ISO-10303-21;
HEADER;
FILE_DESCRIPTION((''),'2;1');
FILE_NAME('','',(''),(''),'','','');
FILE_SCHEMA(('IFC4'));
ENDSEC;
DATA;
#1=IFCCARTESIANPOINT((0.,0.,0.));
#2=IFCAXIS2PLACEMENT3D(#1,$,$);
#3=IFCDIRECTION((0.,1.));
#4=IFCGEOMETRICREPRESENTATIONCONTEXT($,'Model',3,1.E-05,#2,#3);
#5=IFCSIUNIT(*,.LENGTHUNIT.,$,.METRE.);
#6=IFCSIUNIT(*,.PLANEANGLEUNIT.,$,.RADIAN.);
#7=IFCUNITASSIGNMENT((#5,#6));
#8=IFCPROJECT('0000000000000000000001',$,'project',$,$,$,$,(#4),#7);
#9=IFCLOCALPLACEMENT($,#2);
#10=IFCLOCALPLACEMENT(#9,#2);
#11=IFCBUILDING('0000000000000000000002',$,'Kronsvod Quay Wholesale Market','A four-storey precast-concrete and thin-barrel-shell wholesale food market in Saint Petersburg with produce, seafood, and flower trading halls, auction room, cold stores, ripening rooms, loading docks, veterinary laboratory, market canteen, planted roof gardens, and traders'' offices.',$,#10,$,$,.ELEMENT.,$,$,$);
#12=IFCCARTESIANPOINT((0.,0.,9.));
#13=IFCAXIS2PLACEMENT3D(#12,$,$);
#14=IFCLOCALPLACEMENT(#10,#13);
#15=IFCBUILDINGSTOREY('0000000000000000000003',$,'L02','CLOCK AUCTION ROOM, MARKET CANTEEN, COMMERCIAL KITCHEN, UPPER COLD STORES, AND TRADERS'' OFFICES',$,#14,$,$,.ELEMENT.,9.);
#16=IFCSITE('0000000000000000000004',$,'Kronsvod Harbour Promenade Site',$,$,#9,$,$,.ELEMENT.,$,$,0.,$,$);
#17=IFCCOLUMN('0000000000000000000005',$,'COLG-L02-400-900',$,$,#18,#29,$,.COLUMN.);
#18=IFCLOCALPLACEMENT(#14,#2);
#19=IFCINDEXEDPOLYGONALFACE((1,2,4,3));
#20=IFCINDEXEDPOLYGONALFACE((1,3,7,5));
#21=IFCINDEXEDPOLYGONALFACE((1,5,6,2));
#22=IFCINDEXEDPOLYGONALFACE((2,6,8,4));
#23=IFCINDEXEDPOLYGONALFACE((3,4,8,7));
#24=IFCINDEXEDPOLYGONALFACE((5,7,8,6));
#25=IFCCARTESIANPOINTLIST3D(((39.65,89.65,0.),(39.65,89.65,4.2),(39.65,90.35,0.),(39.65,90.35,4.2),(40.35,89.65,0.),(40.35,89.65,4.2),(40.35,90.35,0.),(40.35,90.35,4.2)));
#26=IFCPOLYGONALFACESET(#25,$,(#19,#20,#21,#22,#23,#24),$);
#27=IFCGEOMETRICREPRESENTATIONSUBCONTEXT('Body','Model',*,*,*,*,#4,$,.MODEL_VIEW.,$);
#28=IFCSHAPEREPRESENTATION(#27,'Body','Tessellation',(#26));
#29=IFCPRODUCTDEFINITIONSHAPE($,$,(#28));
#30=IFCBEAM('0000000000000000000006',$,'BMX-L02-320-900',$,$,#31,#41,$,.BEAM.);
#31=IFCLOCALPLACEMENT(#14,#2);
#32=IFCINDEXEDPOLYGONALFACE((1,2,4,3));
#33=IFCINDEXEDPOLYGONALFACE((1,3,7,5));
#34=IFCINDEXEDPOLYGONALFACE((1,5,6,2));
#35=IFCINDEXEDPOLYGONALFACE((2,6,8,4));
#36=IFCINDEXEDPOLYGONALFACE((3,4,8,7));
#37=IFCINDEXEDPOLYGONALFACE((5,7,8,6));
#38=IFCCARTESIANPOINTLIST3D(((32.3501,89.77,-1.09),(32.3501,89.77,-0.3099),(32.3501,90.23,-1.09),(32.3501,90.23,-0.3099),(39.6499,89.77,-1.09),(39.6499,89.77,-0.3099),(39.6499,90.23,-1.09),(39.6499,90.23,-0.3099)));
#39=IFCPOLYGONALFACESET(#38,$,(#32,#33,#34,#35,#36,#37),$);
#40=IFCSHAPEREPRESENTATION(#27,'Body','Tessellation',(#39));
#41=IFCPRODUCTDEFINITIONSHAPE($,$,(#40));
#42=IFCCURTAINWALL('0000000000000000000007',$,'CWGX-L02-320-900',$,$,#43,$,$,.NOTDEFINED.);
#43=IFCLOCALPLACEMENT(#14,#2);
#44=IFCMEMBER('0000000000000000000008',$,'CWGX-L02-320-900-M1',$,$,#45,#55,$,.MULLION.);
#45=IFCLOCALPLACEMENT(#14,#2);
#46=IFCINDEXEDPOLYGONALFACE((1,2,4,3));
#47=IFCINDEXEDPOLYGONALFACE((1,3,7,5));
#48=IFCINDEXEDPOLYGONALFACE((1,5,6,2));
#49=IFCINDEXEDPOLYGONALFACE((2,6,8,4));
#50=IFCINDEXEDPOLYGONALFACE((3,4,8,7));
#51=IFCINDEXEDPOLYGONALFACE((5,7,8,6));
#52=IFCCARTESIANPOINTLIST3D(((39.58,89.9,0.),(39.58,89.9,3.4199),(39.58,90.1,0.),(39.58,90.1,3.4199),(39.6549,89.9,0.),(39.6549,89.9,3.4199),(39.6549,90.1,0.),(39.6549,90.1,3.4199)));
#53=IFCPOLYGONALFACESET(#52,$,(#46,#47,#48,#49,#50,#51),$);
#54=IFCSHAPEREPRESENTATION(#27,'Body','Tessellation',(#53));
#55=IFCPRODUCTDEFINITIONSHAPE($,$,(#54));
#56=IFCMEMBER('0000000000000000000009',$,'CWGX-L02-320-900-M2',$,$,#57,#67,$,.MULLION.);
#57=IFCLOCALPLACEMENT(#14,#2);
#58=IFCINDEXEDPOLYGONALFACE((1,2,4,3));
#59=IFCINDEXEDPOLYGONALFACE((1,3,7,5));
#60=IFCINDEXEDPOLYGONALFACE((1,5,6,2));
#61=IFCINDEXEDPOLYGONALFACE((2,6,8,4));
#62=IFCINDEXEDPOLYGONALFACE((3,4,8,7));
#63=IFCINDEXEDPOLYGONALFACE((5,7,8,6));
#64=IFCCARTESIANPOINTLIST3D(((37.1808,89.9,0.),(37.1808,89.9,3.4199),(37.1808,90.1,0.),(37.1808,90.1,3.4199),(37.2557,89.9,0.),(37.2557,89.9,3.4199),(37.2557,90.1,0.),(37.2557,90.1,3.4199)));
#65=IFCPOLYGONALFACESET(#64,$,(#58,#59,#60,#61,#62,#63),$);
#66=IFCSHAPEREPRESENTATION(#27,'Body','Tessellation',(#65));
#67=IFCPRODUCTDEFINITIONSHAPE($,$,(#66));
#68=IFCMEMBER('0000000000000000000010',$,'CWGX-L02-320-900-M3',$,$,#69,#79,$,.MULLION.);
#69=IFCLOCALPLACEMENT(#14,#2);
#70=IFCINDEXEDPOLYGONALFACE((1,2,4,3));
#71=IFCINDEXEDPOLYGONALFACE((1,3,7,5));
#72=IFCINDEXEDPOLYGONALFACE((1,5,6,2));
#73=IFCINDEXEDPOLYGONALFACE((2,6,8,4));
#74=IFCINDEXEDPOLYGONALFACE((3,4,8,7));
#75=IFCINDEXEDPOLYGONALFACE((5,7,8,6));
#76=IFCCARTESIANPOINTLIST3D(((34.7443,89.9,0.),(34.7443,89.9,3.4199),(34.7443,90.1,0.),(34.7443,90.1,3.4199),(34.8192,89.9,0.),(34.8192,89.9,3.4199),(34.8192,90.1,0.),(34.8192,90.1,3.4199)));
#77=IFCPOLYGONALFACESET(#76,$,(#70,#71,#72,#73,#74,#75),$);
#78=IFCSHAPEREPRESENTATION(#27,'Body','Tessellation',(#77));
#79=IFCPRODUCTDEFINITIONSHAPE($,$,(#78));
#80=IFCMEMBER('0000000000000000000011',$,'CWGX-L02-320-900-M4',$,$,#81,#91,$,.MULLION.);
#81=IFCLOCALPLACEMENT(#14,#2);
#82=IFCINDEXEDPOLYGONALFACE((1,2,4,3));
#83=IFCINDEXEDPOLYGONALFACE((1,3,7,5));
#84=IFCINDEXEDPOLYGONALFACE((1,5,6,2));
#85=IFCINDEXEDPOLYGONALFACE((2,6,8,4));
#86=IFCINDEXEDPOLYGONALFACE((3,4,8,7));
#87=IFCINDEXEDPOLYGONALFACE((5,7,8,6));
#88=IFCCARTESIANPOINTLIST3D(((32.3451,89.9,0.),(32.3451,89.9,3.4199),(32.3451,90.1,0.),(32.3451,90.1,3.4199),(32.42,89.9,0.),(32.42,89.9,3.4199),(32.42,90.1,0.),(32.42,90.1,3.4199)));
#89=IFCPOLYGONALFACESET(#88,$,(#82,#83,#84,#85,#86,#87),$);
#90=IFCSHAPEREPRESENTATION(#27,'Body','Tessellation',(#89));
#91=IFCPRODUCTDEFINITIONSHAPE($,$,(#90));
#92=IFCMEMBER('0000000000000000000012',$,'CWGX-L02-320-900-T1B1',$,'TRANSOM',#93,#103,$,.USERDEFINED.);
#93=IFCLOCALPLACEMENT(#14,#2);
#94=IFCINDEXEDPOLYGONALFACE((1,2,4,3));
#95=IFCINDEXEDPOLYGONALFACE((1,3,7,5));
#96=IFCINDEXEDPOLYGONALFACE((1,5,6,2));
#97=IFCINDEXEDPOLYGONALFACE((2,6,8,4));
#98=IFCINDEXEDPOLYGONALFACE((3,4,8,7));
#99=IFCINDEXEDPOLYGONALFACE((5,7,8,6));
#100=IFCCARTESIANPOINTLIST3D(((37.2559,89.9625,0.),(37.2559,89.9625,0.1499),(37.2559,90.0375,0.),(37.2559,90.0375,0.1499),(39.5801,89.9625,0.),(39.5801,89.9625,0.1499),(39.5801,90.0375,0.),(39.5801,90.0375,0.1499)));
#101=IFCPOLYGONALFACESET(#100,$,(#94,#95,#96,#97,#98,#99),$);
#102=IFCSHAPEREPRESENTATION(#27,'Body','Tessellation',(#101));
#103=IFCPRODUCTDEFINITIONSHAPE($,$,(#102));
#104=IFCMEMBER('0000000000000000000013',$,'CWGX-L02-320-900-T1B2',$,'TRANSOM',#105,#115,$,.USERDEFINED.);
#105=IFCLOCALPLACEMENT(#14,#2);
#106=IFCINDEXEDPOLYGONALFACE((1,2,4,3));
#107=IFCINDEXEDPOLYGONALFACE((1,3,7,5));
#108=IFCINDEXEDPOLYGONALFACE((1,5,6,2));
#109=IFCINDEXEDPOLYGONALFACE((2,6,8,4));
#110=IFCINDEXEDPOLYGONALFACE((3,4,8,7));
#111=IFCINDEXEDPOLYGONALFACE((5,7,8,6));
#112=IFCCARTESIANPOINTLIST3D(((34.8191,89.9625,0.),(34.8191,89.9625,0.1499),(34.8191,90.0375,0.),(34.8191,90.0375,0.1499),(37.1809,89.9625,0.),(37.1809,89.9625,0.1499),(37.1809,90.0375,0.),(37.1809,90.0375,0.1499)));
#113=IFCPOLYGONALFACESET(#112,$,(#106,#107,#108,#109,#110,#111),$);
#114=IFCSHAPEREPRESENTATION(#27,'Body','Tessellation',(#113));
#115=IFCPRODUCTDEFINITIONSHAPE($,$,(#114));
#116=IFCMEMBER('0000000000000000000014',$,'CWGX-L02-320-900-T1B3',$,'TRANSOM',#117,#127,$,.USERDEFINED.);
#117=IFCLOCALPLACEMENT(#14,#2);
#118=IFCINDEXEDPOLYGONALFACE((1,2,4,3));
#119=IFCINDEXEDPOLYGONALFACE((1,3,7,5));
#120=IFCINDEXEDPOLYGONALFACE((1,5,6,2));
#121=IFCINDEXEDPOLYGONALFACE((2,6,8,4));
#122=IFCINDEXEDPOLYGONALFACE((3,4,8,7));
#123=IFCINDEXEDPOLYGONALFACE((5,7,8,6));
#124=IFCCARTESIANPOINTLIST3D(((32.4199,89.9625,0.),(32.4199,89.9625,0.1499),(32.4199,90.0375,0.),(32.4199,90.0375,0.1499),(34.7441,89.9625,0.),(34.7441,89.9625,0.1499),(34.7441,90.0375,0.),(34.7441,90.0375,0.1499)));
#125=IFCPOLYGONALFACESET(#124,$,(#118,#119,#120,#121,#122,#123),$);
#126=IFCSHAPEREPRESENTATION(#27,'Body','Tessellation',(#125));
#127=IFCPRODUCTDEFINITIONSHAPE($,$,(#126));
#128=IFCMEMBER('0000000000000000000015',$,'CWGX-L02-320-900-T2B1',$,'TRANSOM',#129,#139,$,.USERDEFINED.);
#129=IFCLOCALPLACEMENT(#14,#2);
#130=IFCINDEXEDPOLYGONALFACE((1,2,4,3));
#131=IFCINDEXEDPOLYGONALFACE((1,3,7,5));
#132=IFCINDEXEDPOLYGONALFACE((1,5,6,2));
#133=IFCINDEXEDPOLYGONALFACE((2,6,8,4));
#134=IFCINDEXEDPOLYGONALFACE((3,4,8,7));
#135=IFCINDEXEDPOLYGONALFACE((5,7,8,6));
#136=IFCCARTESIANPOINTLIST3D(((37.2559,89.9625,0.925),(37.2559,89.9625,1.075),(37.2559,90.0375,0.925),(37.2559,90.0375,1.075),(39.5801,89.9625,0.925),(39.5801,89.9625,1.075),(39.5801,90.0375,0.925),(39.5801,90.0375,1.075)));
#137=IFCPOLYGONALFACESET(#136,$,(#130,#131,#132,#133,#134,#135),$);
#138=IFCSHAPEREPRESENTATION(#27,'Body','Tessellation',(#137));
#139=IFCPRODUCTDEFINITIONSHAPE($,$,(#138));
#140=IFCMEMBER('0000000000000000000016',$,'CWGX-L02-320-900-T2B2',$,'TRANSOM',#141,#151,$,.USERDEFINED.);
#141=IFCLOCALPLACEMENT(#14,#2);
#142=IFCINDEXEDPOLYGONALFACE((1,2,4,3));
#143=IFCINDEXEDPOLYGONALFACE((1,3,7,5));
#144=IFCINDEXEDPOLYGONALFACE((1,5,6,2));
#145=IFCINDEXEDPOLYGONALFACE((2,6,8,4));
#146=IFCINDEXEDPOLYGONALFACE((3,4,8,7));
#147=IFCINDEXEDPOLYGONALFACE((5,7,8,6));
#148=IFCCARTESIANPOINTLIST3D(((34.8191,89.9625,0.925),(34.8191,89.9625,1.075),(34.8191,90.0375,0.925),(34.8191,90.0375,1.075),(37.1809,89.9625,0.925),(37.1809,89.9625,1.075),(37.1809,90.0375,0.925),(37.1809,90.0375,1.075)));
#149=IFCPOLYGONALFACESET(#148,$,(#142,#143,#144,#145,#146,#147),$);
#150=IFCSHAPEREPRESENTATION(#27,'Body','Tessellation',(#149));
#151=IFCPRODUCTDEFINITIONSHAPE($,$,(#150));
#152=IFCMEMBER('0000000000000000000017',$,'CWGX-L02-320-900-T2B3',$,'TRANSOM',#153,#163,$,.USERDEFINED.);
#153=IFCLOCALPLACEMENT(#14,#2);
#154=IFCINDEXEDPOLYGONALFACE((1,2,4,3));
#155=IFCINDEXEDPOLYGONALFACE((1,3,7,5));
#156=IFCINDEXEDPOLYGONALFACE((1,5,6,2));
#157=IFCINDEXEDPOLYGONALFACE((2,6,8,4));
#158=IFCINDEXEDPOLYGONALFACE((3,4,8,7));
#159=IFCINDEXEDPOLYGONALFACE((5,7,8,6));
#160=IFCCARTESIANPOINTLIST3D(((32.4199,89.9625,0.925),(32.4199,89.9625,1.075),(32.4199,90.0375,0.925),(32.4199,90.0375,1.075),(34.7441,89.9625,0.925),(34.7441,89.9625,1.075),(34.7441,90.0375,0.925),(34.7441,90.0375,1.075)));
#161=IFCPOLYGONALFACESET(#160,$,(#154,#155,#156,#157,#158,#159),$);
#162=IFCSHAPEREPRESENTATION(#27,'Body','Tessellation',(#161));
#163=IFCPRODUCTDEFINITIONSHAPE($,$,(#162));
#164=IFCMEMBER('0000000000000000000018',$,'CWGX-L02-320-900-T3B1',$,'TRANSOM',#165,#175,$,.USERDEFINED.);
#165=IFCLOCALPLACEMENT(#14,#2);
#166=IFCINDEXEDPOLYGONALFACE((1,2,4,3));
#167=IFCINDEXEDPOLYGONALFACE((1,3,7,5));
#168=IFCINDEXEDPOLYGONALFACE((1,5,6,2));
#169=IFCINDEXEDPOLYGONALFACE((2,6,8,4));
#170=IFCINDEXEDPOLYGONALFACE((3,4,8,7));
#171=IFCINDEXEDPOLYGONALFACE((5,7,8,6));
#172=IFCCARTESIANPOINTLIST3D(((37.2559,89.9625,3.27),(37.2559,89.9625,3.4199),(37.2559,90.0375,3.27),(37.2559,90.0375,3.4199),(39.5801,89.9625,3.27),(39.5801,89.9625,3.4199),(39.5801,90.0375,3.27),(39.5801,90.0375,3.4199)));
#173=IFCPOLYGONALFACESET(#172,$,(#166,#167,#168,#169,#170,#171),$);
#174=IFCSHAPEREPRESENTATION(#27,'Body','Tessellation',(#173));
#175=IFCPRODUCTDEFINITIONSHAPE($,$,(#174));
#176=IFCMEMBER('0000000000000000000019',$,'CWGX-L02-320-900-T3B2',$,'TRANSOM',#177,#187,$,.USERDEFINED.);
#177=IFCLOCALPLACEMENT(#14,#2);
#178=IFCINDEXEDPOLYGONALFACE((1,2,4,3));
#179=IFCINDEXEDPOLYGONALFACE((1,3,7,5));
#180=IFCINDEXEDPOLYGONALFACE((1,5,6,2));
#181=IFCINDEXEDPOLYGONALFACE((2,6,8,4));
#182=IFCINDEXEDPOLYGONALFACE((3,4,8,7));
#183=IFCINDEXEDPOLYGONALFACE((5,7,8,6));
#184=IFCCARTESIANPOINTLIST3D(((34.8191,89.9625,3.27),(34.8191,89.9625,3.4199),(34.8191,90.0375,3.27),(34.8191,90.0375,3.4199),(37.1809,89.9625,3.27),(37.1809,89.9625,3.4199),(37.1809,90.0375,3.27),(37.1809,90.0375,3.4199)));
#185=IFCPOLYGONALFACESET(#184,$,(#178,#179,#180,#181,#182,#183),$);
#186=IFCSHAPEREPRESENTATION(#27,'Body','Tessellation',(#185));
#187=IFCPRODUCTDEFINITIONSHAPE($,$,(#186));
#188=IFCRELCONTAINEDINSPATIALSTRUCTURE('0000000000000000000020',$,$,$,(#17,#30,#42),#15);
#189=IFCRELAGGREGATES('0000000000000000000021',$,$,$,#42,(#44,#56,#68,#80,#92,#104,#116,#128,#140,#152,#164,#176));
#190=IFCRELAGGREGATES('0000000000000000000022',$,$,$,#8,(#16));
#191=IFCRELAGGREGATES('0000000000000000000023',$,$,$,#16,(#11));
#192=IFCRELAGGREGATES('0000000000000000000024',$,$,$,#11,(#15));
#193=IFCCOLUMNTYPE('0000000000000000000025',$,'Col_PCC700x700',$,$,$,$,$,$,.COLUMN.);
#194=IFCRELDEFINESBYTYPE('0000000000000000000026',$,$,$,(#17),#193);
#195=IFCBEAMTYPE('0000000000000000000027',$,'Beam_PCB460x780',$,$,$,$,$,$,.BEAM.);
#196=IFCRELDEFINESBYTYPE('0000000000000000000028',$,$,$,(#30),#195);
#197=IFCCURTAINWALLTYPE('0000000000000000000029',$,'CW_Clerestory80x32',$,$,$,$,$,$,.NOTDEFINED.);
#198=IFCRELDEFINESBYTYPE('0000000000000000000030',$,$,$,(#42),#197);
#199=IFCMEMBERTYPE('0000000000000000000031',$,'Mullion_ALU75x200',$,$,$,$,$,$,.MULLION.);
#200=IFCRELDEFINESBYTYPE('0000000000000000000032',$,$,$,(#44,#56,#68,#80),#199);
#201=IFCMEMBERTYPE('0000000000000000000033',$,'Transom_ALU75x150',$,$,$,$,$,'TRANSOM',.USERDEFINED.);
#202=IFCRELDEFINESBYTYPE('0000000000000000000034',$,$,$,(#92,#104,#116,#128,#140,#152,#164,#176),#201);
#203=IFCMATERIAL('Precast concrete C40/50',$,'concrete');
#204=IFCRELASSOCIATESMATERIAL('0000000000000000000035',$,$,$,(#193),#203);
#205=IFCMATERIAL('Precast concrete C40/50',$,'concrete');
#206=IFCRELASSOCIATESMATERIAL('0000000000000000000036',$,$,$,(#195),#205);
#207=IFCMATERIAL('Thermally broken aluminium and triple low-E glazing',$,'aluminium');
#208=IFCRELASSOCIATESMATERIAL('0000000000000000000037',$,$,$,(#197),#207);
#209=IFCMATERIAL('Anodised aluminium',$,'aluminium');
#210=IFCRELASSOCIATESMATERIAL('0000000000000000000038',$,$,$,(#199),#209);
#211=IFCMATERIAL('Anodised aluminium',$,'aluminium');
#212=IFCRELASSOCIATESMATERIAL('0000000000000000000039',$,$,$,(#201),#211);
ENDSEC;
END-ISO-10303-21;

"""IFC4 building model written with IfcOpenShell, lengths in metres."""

from ifc_helpers import new_model, si_unit, direction, frame, origin, origin_2d, place, context, subcontext, project, spatial, rectangle, extrude, material, material_profile, profile_set, type_object, element, aggregate, save


model = new_model("IFC4")

# Units and contexts
model_context = context("Model", 3, precision=1e-05, world=origin(), true_north=direction((0.0, 1.0)))
body_context = subcontext(model_context, "Body", "Model", "MODEL_VIEW")
ifc_project = project(units=[si_unit("LENGTHUNIT", "METRE"), si_unit("PLANEANGLEUNIT", "RADIAN")], contexts=[model_context])

# Site, building, storey
site_placement = place(None, origin())
site = spatial("IfcSite", under=ifc_project, at=site_placement, Name="Kronsvod Harbour Promenade Site", CompositionType="ELEMENT", RefElevation=0.0)
building_placement = place(site_placement, origin())
building = spatial("IfcBuilding", under=site, at=building_placement, Name="Kronsvod Quay Wholesale Market", Description="A four-storey precast-concrete and thin-barrel-shell wholesale food market in Saint Petersburg with produce, seafood, and flower trading halls, auction room, cold stores, ripening rooms, loading docks, veterinary laboratory, market canteen, planted roof gardens, and traders' offices.", CompositionType="ELEMENT")
storey_placement = place(building_placement, frame((0.0, 0.0, 9.0)))
storey = spatial("IfcBuildingStorey", under=building, at=storey_placement, Name="L02", Description="CLOCK AUCTION ROOM, MARKET CANTEEN, COMMERCIAL KITCHEN, UPPER COLD STORES, AND TRADERS' OFFICES", CompositionType="ELEMENT", Elevation=9.0)

# Column
ifc_material_1 = material(Name="Precast concrete C40/50", Category="concrete")
ifc_material_profile_1 = material_profile(ifc_material_1, rectangle(XDim=0.7, YDim=0.7, at=origin_2d()), Name="PCC700x700")
ifc_profile_set_1 = profile_set([ifc_material_profile_1], Name="Precast concrete C40/50")
column_type = type_object("IfcColumnType", Name="Col_PCC700x700", PredefinedType="COLUMN", material=ifc_profile_set_1)
column_placement = place(storey_placement, frame((40.0, 90.0, 0.0), z_axis=(0.0, 0.0, 1.0), x_axis=(1.0, 0.0, 0.0)))
element("IfcColumn", 1, at=column_placement, inside=storey, type_object=column_type, Name="COLG-L02-400-900", PredefinedType="COLUMN", context=body_context, shape_type="SweptSolid", body=[
    extrude(rectangle(XDim=0.7, YDim=0.7, at=origin_2d()), origin(), (0.0, 0.0, 1.0), 4.2),
])

# Beam
ifc_material_2 = material(Name="Precast concrete C40/50", Category="concrete")
ifc_material_profile_2 = material_profile(ifc_material_2, rectangle(XDim=0.46, YDim=0.78, at=origin_2d()), Name="PB-03")
ifc_profile_set_2 = profile_set([ifc_material_profile_2], Name="Precast concrete C40/50")
beam_type = type_object("IfcBeamType", Name="Beam_PCB460x780", PredefinedType="BEAM", material=ifc_profile_set_2)
beam_placement = place(storey_placement, frame((32.3501, 90.0, -0.7), z_axis=(1.0, 0.0, 0.0), x_axis=(0.0, 1.0, 0.0)))
element("IfcBeam", 2, at=beam_placement, inside=storey, type_object=beam_type, Name="BMX-L02-320-900", PredefinedType="BEAM", context=body_context, shape_type="SweptSolid", body=[
    extrude(rectangle(XDim=0.46, YDim=0.78, at=origin_2d()), origin(), (0.0, 0.0, 1.0), 7.2998),
])

# Curtain wall, members
ifc_material_3 = material(Name="Thermally broken aluminium and triple low-E glazing", Category="aluminium")
curtain_wall_type = type_object("IfcCurtainWallType", Name="CW_Clerestory80x32", PredefinedType="NOTDEFINED", material=ifc_material_3)
curtain_wall_placement = place(storey_placement, origin())
curtain_wall = element("IfcCurtainWall", 3, at=curtain_wall_placement, inside=storey, type_object=curtain_wall_type, Name="CWGX-L02-320-900", PredefinedType="NOTDEFINED")
ifc_material_4 = material(Name="Anodised aluminium", Category="aluminium")
ifc_material_profile_3 = material_profile(ifc_material_4, rectangle(XDim=0.075, YDim=0.2, at=origin_2d()), Name="ALUM75x200")
ifc_profile_set_3 = profile_set([ifc_material_profile_3], Name="Anodised aluminium")
member_type_1 = type_object("IfcMemberType", Name="Mullion_ALU75x200", PredefinedType="MULLION", material=ifc_profile_set_3)
member_1_placement = place(storey_placement, frame((39.6174, 90.0, 0.0), z_axis=(0.0, 0.0, 1.0), x_axis=(1.0, 0.0, 0.0)))
member_1 = element("IfcMember", 4, at=member_1_placement, type_object=member_type_1, Name="CWGX-L02-320-900-M1", PredefinedType="MULLION", context=body_context, shape_type="SweptSolid", body=[
    extrude(rectangle(XDim=0.075, YDim=0.2, at=origin_2d()), origin(), (0.0, 0.0, 1.0), 3.4199),
])
member_2_placement = place(storey_placement, frame((37.2183, 90.0, 0.0), z_axis=(0.0, 0.0, 1.0), x_axis=(1.0, 0.0, 0.0)))
member_2 = element("IfcMember", 5, at=member_2_placement, type_object=member_type_1, Name="CWGX-L02-320-900-M2", PredefinedType="MULLION", context=body_context, shape_type="SweptSolid", body=[
    extrude(rectangle(XDim=0.075, YDim=0.2, at=origin_2d()), origin(), (0.0, 0.0, 1.0), 3.4199),
])
member_3_placement = place(storey_placement, frame((34.7817, 90.0, 0.0), z_axis=(0.0, 0.0, 1.0), x_axis=(1.0, 0.0, 0.0)))
member_3 = element("IfcMember", 6, at=member_3_placement, type_object=member_type_1, Name="CWGX-L02-320-900-M3", PredefinedType="MULLION", context=body_context, shape_type="SweptSolid", body=[
    extrude(rectangle(XDim=0.075, YDim=0.2, at=origin_2d()), origin(), (0.0, 0.0, 1.0), 3.4199),
])
member_4_placement = place(storey_placement, frame((32.3826, 90.0, 0.0), z_axis=(0.0, 0.0, 1.0), x_axis=(1.0, 0.0, 0.0)))
member_4 = element("IfcMember", 7, at=member_4_placement, type_object=member_type_1, Name="CWGX-L02-320-900-M4", PredefinedType="MULLION", context=body_context, shape_type="SweptSolid", body=[
    extrude(rectangle(XDim=0.075, YDim=0.2, at=origin_2d()), origin(), (0.0, 0.0, 1.0), 3.4199),
])
ifc_material_5 = material(Name="Anodised aluminium", Category="aluminium")
ifc_material_profile_4 = material_profile(ifc_material_5, rectangle(XDim=0.075, YDim=0.1499, at=origin_2d()), Name="ALUT75x150")
ifc_profile_set_4 = profile_set([ifc_material_profile_4], Name="Anodised aluminium")
member_type_2 = type_object("IfcMemberType", Name="Transom_ALU75x150", ElementType="TRANSOM", PredefinedType="USERDEFINED", material=ifc_profile_set_4)
member_5_placement = place(storey_placement, frame((39.5801, 90.0, 0.075), z_axis=(-1.0, 0.0, 0.0), x_axis=(0.0, -1.0, 0.0)))
member_5 = element("IfcMember", 8, at=member_5_placement, type_object=member_type_2, Name="CWGX-L02-320-900-T1B1", ObjectType="TRANSOM", PredefinedType="USERDEFINED", context=body_context, shape_type="SweptSolid", body=[
    extrude(rectangle(XDim=0.075, YDim=0.1499, at=origin_2d()), origin(), (0.0, 0.0, 1.0), 2.3242),
])
member_6_placement = place(storey_placement, frame((37.1809, 90.0, 0.075), z_axis=(-1.0, 0.0, 0.0), x_axis=(0.0, -1.0, 0.0)))
member_6 = element("IfcMember", 9, at=member_6_placement, type_object=member_type_2, Name="CWGX-L02-320-900-T1B2", ObjectType="TRANSOM", PredefinedType="USERDEFINED", context=body_context, shape_type="SweptSolid", body=[
    extrude(rectangle(XDim=0.075, YDim=0.1499, at=origin_2d()), origin(), (0.0, 0.0, 1.0), 2.3618),
])
member_7_placement = place(storey_placement, frame((34.7441, 90.0, 0.075), z_axis=(-1.0, 0.0, 0.0), x_axis=(0.0, -1.0, 0.0)))
member_7 = element("IfcMember", 10, at=member_7_placement, type_object=member_type_2, Name="CWGX-L02-320-900-T1B3", ObjectType="TRANSOM", PredefinedType="USERDEFINED", context=body_context, shape_type="SweptSolid", body=[
    extrude(rectangle(XDim=0.075, YDim=0.1499, at=origin_2d()), origin(), (0.0, 0.0, 1.0), 2.3242),
])
member_8_placement = place(storey_placement, frame((39.5801, 90.0, 1.0), z_axis=(-1.0, 0.0, 0.0), x_axis=(0.0, -1.0, 0.0)))
member_8 = element("IfcMember", 11, at=member_8_placement, type_object=member_type_2, Name="CWGX-L02-320-900-T2B1", ObjectType="TRANSOM", PredefinedType="USERDEFINED", context=body_context, shape_type="SweptSolid", body=[
    extrude(rectangle(XDim=0.075, YDim=0.1499, at=origin_2d()), origin(), (0.0, 0.0, 1.0), 2.3242),
])
member_9_placement = place(storey_placement, frame((37.1809, 90.0, 1.0), z_axis=(-1.0, 0.0, 0.0), x_axis=(0.0, -1.0, 0.0)))
member_9 = element("IfcMember", 12, at=member_9_placement, type_object=member_type_2, Name="CWGX-L02-320-900-T2B2", ObjectType="TRANSOM", PredefinedType="USERDEFINED", context=body_context, shape_type="SweptSolid", body=[
    extrude(rectangle(XDim=0.075, YDim=0.1499, at=origin_2d()), origin(), (0.0, 0.0, 1.0), 2.3618),
])
member_10_placement = place(storey_placement, frame((34.7441, 90.0, 1.0), z_axis=(-1.0, 0.0, 0.0), x_axis=(0.0, -1.0, 0.0)))
member_10 = element("IfcMember", 13, at=member_10_placement, type_object=member_type_2, Name="CWGX-L02-320-900-T2B3", ObjectType="TRANSOM", PredefinedType="USERDEFINED", context=body_context, shape_type="SweptSolid", body=[
    extrude(rectangle(XDim=0.075, YDim=0.1499, at=origin_2d()), origin(), (0.0, 0.0, 1.0), 2.3242),
])
member_11_placement = place(storey_placement, frame((39.5801, 90.0, 3.345), z_axis=(-1.0, 0.0, 0.0), x_axis=(0.0, -1.0, 0.0)))
member_11 = element("IfcMember", 14, at=member_11_placement, type_object=member_type_2, Name="CWGX-L02-320-900-T3B1", ObjectType="TRANSOM", PredefinedType="USERDEFINED", context=body_context, shape_type="SweptSolid", body=[
    extrude(rectangle(XDim=0.075, YDim=0.1499, at=origin_2d()), origin(), (0.0, 0.0, 1.0), 2.3242),
])
member_12_placement = place(storey_placement, frame((37.1809, 90.0, 3.345), z_axis=(-1.0, 0.0, 0.0), x_axis=(0.0, -1.0, 0.0)))
member_12 = element("IfcMember", 15, at=member_12_placement, type_object=member_type_2, Name="CWGX-L02-320-900-T3B2", ObjectType="TRANSOM", PredefinedType="USERDEFINED", context=body_context, shape_type="SweptSolid", body=[
    extrude(rectangle(XDim=0.075, YDim=0.1499, at=origin_2d()), origin(), (0.0, 0.0, 1.0), 2.3618),
])
aggregate(curtain_wall, [member_1, member_2, member_3, member_4, member_5, member_6, member_7, member_8, member_9, member_10, member_11, member_12])

save(model, "model.ifc")
